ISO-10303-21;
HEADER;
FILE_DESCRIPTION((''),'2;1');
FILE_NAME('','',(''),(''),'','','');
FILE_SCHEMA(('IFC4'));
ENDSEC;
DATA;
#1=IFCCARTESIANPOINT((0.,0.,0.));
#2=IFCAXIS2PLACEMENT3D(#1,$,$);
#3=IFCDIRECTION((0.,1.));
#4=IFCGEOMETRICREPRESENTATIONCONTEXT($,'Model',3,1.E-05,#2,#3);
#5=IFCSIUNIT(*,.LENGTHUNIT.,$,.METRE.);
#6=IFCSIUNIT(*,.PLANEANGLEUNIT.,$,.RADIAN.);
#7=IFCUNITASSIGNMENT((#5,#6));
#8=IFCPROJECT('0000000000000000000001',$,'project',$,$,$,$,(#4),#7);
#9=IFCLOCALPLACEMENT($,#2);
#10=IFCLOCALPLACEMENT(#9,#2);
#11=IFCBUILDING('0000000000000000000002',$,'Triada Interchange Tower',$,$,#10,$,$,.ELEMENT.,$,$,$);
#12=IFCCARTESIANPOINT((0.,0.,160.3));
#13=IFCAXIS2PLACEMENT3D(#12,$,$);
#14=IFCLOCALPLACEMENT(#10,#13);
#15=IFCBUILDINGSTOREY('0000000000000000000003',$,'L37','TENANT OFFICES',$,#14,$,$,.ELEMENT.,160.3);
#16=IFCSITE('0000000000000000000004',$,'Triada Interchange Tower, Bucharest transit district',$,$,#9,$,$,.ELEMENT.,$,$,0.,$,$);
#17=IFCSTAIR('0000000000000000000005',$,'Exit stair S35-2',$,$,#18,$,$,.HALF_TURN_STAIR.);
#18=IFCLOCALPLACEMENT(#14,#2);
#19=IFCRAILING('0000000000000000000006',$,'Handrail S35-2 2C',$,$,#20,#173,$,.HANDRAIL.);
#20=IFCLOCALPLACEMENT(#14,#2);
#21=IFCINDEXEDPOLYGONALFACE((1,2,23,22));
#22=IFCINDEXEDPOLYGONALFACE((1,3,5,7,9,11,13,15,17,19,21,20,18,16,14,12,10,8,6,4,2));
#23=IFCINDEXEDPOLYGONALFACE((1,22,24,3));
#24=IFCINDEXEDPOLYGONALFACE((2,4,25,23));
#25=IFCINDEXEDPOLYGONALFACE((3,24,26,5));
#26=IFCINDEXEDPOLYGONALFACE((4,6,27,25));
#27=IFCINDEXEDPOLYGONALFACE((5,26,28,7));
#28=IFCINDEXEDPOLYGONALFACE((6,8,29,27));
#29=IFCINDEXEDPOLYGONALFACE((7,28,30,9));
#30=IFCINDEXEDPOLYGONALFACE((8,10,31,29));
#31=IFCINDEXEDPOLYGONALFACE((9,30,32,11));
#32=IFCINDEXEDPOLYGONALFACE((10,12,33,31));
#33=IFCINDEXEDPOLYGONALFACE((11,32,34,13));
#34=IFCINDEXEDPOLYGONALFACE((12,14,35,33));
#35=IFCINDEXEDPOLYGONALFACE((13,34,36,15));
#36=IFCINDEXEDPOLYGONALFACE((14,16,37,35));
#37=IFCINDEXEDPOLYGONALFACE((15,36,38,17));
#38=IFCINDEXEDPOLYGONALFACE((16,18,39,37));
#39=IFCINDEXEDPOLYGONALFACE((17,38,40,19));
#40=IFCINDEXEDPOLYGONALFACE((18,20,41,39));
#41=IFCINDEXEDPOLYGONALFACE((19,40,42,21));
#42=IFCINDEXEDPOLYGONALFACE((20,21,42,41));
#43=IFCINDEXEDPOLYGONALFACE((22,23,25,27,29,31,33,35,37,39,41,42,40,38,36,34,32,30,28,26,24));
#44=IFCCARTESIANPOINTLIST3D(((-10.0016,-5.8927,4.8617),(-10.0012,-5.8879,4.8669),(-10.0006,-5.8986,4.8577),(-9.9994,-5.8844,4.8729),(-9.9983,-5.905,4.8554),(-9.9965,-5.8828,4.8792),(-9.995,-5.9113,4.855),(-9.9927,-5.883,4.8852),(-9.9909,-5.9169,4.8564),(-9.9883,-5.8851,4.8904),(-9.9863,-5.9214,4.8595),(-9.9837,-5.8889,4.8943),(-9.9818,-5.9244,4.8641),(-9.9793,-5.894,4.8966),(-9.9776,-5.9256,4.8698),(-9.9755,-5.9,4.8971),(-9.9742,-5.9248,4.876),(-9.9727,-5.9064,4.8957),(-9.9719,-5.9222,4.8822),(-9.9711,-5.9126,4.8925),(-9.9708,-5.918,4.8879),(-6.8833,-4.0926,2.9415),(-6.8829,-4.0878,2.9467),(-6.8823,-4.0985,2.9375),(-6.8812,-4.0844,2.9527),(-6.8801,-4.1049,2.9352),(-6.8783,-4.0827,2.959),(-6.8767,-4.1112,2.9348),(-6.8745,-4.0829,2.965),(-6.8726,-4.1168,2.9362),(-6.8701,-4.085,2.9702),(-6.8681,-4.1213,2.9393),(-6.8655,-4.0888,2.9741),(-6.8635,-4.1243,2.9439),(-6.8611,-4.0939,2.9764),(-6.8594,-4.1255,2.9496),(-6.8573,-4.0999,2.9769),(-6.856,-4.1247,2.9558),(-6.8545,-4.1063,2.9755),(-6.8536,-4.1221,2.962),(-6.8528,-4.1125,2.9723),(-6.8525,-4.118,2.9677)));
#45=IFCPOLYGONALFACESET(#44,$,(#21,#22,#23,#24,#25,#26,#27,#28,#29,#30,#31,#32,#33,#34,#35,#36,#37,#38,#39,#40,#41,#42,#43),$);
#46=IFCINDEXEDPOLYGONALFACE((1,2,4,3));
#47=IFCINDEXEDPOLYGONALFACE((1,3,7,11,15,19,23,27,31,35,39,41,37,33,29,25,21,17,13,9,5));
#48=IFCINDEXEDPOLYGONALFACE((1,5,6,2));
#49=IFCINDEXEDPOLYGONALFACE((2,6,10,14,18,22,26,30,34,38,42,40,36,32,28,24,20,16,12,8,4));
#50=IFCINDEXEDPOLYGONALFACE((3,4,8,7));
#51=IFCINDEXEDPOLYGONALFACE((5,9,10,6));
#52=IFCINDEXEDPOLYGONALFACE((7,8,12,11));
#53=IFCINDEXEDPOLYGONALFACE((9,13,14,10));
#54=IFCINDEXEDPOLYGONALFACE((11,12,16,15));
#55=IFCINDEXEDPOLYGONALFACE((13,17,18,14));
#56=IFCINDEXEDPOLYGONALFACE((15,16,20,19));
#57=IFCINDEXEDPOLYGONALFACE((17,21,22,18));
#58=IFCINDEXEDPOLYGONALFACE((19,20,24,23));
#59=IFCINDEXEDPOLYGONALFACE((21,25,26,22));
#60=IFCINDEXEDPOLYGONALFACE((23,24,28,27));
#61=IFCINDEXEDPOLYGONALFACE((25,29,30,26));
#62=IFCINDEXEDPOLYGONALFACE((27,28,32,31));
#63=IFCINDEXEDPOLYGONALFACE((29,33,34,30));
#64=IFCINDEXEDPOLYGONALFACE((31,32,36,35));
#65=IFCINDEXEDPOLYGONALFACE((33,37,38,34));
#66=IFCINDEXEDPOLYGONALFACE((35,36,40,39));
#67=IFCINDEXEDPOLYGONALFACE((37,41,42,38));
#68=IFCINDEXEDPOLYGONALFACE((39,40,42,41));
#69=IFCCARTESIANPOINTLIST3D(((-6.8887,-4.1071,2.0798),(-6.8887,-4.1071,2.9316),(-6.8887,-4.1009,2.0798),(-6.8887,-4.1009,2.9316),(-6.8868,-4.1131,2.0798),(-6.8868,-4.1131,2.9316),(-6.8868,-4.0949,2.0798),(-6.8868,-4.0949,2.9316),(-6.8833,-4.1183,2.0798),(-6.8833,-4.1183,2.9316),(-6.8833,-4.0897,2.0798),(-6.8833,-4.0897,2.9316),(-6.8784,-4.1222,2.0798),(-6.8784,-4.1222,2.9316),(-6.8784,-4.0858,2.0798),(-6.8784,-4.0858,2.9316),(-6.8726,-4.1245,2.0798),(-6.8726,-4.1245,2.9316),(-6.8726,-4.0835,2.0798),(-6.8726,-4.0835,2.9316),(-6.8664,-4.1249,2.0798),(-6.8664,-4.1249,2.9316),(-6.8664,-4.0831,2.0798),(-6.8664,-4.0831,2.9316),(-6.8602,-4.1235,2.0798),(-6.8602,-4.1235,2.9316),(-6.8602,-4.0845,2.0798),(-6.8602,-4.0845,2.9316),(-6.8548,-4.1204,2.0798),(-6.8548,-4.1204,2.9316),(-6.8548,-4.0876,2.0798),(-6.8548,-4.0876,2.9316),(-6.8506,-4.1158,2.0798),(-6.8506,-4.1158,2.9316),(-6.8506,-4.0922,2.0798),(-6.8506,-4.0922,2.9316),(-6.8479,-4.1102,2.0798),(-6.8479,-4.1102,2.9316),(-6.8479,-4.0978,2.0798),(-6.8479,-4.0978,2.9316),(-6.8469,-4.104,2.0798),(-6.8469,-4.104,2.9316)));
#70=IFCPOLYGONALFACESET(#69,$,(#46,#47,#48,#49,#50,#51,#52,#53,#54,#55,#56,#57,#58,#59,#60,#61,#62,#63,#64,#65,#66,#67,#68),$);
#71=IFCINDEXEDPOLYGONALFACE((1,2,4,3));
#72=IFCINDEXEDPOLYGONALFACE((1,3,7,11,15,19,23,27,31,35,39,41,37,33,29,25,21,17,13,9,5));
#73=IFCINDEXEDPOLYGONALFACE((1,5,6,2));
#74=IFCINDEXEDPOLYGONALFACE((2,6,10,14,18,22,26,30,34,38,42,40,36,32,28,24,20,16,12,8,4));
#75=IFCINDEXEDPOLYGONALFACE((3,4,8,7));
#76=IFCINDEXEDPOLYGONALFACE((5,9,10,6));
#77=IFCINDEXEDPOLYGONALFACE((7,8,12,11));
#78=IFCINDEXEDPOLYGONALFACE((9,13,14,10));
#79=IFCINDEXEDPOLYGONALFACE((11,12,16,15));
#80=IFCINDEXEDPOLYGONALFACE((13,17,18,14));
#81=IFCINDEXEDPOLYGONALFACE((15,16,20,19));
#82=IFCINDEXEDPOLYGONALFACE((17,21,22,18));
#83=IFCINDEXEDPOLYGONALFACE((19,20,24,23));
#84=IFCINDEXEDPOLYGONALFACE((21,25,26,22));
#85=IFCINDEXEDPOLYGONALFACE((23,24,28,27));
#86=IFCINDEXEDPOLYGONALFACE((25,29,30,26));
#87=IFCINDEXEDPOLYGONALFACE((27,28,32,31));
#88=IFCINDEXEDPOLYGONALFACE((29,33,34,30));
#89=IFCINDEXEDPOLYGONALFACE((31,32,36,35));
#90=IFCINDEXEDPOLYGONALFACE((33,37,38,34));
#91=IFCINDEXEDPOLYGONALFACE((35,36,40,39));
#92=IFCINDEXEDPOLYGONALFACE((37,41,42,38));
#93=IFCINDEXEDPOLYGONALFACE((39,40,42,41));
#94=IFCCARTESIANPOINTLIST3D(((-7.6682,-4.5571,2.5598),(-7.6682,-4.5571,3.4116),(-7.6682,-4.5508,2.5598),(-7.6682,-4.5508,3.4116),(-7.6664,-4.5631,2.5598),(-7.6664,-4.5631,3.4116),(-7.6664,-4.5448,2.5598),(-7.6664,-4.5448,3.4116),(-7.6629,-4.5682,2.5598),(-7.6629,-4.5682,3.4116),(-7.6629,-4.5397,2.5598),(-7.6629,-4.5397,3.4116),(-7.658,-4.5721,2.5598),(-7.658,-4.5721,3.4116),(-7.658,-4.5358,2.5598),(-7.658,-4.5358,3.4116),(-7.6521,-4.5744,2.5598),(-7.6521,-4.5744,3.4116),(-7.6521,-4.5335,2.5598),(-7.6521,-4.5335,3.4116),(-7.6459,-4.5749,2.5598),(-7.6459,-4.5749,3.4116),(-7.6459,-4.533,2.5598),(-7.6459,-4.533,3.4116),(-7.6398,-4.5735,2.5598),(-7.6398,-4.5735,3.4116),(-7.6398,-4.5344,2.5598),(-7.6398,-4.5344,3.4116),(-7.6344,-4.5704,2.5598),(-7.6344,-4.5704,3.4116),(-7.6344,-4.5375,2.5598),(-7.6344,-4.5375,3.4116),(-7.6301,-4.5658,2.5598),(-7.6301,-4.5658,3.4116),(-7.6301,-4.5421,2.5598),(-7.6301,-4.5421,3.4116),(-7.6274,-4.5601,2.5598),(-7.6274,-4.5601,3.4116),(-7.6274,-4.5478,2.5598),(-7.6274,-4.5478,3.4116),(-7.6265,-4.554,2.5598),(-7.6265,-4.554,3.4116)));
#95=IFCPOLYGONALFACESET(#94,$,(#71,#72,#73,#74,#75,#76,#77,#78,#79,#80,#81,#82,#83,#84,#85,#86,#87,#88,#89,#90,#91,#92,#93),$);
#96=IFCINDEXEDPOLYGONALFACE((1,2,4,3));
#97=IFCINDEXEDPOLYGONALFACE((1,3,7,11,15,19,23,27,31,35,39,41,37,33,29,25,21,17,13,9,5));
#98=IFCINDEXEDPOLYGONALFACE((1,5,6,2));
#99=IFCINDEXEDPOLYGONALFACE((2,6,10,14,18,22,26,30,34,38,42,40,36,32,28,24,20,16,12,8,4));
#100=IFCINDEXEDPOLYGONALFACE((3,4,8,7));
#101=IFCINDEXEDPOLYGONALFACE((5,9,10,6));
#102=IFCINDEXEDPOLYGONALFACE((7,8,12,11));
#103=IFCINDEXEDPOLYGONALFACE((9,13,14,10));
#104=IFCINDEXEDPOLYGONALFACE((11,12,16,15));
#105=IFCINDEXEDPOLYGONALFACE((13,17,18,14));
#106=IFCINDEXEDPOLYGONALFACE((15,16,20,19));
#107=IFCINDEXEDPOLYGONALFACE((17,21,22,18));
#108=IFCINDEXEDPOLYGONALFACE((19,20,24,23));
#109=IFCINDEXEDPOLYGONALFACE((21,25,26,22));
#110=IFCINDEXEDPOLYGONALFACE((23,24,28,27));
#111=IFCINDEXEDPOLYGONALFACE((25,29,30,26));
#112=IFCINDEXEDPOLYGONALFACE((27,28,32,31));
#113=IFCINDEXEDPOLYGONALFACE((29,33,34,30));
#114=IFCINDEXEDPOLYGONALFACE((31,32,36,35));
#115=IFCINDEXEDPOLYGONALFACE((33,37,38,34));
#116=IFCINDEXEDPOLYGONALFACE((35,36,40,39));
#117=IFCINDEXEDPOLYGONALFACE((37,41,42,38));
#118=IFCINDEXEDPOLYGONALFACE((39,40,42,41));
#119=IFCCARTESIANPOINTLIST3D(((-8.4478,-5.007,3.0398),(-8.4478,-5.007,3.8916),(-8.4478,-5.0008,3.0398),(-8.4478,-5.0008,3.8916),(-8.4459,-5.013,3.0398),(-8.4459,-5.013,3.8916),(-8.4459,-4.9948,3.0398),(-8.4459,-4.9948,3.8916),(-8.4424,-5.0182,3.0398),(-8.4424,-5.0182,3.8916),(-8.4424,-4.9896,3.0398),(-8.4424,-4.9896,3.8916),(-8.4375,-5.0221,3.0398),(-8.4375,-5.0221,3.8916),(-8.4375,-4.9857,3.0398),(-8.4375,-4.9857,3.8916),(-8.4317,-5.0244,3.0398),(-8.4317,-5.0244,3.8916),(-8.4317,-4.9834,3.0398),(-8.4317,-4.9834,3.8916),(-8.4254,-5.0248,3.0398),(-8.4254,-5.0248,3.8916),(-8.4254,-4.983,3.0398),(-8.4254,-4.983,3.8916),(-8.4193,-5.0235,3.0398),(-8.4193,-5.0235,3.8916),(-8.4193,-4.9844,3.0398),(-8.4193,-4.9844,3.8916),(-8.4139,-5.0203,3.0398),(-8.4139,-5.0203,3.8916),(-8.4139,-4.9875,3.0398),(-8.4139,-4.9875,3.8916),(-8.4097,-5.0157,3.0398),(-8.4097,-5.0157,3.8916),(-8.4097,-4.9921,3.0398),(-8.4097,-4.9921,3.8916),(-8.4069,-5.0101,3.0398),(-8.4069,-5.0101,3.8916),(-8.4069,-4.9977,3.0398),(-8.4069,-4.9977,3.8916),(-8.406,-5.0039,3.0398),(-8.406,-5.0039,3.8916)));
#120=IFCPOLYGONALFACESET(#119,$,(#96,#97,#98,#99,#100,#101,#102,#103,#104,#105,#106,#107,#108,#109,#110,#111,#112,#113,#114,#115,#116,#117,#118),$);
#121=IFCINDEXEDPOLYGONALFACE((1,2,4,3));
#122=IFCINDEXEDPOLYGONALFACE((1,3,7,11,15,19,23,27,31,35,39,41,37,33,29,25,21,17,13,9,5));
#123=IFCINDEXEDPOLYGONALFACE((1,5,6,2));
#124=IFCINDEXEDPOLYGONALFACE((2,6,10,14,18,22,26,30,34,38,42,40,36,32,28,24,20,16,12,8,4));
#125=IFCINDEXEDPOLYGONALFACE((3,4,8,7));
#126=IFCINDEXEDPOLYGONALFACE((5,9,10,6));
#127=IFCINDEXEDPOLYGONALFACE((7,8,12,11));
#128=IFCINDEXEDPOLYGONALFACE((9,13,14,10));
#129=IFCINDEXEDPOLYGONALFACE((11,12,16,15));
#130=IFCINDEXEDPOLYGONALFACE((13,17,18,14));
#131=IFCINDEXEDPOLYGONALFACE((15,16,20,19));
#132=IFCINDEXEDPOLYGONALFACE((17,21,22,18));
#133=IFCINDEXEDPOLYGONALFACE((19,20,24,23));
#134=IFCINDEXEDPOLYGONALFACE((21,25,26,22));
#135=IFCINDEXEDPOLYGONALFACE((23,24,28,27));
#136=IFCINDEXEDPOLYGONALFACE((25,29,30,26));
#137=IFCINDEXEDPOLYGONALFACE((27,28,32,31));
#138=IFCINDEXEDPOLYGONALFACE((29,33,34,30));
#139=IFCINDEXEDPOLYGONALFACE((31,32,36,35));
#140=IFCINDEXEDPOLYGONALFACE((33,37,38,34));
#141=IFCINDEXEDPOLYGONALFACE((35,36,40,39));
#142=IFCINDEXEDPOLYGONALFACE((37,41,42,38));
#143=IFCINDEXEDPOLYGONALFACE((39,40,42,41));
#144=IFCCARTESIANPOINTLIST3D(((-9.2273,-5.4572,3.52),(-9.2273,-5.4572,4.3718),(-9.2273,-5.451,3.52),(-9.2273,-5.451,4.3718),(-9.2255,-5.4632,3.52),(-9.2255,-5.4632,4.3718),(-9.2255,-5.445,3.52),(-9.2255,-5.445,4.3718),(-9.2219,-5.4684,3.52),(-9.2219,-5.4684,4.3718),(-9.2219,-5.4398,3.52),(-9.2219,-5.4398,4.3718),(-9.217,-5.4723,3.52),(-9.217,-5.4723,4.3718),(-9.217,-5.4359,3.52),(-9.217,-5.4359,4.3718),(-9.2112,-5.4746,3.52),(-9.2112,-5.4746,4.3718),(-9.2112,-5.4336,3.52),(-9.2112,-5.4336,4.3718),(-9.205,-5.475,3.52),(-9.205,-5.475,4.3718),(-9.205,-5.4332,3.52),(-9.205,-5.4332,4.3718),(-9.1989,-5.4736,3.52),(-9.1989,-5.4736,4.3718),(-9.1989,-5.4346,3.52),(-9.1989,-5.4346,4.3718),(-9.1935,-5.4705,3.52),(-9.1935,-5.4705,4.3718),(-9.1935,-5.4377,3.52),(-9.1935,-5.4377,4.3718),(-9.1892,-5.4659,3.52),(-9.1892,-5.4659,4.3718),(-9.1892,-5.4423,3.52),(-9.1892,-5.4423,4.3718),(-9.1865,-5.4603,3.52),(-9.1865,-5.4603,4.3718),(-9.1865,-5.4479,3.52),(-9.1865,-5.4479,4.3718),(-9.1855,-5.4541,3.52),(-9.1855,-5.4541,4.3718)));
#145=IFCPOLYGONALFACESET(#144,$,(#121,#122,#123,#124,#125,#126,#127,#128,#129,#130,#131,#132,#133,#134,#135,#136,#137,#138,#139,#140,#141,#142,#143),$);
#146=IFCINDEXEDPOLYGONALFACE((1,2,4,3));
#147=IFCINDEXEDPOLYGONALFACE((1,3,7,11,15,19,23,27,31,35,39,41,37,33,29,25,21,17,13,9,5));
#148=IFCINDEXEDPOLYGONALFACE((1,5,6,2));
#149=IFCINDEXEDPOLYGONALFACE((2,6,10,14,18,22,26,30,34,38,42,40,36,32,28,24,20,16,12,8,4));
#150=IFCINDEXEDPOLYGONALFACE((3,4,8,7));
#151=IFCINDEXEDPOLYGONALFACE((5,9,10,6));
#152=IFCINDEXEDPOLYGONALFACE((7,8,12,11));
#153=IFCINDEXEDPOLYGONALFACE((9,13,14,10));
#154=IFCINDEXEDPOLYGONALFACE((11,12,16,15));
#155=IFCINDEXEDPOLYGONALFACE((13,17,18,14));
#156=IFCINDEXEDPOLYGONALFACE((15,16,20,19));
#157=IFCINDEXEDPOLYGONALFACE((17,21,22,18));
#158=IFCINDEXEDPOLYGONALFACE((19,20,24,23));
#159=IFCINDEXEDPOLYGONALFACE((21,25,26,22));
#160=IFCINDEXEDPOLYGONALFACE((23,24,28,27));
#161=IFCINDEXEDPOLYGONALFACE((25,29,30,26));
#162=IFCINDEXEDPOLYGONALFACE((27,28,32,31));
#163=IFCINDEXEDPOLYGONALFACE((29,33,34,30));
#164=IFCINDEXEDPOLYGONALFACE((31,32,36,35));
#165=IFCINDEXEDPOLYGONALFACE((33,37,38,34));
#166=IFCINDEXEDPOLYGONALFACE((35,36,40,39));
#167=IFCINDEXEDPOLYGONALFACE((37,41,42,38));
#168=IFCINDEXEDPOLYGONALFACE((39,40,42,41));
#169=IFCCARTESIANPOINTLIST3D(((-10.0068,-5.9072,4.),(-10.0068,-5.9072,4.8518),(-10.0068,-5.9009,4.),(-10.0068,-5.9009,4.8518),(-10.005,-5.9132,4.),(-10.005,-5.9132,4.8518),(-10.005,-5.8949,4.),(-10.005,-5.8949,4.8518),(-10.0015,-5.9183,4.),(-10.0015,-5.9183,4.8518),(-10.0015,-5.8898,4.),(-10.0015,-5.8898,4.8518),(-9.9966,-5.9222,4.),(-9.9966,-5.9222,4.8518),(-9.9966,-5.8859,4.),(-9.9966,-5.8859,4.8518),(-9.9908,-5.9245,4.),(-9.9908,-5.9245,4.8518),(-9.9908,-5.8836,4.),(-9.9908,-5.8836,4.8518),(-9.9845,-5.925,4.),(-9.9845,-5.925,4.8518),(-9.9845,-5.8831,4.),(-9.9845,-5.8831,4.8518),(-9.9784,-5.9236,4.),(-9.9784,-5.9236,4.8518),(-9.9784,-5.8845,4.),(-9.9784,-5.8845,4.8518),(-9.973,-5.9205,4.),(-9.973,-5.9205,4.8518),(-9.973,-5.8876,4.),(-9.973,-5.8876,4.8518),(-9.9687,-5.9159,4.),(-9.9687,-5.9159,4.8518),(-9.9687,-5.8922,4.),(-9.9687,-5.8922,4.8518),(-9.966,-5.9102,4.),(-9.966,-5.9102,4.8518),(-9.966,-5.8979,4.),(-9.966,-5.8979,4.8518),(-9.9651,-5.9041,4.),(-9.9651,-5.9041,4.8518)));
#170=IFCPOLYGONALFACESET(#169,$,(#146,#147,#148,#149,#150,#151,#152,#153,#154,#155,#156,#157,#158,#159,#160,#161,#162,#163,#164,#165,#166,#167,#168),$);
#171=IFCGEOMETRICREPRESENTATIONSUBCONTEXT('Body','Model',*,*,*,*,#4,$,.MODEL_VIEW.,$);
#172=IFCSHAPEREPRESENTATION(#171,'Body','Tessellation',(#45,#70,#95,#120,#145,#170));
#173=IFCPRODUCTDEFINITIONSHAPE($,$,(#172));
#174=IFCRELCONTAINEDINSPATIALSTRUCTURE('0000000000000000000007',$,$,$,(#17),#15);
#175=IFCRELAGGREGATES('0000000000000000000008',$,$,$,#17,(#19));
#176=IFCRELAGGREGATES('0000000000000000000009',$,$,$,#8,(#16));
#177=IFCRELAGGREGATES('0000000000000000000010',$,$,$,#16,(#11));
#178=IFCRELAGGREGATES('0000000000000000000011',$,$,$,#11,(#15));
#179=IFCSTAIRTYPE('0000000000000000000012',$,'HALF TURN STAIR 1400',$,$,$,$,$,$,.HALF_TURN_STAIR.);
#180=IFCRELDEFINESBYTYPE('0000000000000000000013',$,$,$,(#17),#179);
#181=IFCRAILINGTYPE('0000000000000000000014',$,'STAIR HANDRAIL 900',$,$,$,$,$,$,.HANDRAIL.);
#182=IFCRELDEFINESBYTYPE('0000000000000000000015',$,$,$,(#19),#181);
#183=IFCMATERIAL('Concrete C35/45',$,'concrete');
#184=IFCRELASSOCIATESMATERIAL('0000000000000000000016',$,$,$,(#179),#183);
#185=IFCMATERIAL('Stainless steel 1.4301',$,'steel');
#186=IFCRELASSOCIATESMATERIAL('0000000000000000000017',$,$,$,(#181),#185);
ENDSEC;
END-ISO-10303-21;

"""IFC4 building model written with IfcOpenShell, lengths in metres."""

from ifc_helpers import new_model, si_unit, direction, frame, origin, origin_2d, place, context, subcontext, project, spatial, circle, extrude, material, type_object, element, aggregate, save


model = new_model("IFC4")

# Units and contexts
model_context = context("Model", 3, precision=1e-05, world=origin(), true_north=direction((0.0, 1.0)))
body_context = subcontext(model_context, "Body", "Model", "MODEL_VIEW")
ifc_project = project(units=[si_unit("LENGTHUNIT", "METRE"), si_unit("PLANEANGLEUNIT", "RADIAN")], contexts=[model_context])

# Site, building, storey
site_placement = place(None, origin())
site = spatial("IfcSite", under=ifc_project, at=site_placement, Name="Triada Interchange Tower, Bucharest transit district", CompositionType="ELEMENT", RefElevation=0.0)
building_placement = place(site_placement, origin())
building = spatial("IfcBuilding", under=site, at=building_placement, Name="Triada Interchange Tower", CompositionType="ELEMENT")
storey_placement = place(building_placement, frame((0.0, 0.0, 160.3)))
storey = spatial("IfcBuildingStorey", under=building, at=storey_placement, Name="L37", Description="TENANT OFFICES", CompositionType="ELEMENT", Elevation=160.3)

# Stair, railing
ifc_material_1 = material(Name="Concrete C35/45", Category="concrete")
stair_type = type_object("IfcStairType", Name="HALF TURN STAIR 1400", PredefinedType="HALF_TURN_STAIR", material=ifc_material_1)
stair_placement = place(storey_placement, origin())
stair = element("IfcStair", 1, at=stair_placement, inside=storey, type_object=stair_type, Name="Exit stair S35-2", PredefinedType="HALF_TURN_STAIR")
ifc_material_2 = material(Name="Stainless steel 1.4301", Category="steel")
railing_type = type_object("IfcRailingType", Name="STAIR HANDRAIL 900", PredefinedType="HANDRAIL", material=ifc_material_2)
railing_1_placement = place(storey_placement, frame((-6.8679, -4.104, 2.0798)))
railing_1 = element("IfcRailing", 2, at=railing_1_placement, type_object=railing_type, Name="Handrail S35-2 2C", PredefinedType="HANDRAIL", context=body_context, shape_type="SweptSolid", body=[
    extrude(circle(Radius=0.0239, at=origin_2d()), frame((0.0, 0.0, 0.876), z_axis=(-0.76417, -0.441139, 0.470576), x_axis=(0.499953, -0.866052, 0.0)), (0.0, 0.0, 1.0), 4.0806),
    extrude(circle(Radius=0.021, at=origin_2d()), origin(), (0.0, 0.0, 1.0), 0.8518),
    extrude(circle(Radius=0.021, at=origin_2d()), frame((-0.7795, -0.45, 0.48)), (0.0, 0.0, 1.0), 0.8518),
    extrude(circle(Radius=0.021, at=origin_2d()), frame((-1.5591, -0.8999, 0.96)), (0.0, 0.0, 1.0), 0.8518),
    extrude(circle(Radius=0.021, at=origin_2d()), frame((-2.3386, -1.3501, 1.4402)), (0.0, 0.0, 1.0), 0.8518),
    extrude(circle(Radius=0.021, at=origin_2d()), frame((-3.1182, -1.8, 1.9202)), (0.0, 0.0, 1.0), 0.8518),
])
aggregate(stair, [railing_1])

save(model, "model.ifc")
